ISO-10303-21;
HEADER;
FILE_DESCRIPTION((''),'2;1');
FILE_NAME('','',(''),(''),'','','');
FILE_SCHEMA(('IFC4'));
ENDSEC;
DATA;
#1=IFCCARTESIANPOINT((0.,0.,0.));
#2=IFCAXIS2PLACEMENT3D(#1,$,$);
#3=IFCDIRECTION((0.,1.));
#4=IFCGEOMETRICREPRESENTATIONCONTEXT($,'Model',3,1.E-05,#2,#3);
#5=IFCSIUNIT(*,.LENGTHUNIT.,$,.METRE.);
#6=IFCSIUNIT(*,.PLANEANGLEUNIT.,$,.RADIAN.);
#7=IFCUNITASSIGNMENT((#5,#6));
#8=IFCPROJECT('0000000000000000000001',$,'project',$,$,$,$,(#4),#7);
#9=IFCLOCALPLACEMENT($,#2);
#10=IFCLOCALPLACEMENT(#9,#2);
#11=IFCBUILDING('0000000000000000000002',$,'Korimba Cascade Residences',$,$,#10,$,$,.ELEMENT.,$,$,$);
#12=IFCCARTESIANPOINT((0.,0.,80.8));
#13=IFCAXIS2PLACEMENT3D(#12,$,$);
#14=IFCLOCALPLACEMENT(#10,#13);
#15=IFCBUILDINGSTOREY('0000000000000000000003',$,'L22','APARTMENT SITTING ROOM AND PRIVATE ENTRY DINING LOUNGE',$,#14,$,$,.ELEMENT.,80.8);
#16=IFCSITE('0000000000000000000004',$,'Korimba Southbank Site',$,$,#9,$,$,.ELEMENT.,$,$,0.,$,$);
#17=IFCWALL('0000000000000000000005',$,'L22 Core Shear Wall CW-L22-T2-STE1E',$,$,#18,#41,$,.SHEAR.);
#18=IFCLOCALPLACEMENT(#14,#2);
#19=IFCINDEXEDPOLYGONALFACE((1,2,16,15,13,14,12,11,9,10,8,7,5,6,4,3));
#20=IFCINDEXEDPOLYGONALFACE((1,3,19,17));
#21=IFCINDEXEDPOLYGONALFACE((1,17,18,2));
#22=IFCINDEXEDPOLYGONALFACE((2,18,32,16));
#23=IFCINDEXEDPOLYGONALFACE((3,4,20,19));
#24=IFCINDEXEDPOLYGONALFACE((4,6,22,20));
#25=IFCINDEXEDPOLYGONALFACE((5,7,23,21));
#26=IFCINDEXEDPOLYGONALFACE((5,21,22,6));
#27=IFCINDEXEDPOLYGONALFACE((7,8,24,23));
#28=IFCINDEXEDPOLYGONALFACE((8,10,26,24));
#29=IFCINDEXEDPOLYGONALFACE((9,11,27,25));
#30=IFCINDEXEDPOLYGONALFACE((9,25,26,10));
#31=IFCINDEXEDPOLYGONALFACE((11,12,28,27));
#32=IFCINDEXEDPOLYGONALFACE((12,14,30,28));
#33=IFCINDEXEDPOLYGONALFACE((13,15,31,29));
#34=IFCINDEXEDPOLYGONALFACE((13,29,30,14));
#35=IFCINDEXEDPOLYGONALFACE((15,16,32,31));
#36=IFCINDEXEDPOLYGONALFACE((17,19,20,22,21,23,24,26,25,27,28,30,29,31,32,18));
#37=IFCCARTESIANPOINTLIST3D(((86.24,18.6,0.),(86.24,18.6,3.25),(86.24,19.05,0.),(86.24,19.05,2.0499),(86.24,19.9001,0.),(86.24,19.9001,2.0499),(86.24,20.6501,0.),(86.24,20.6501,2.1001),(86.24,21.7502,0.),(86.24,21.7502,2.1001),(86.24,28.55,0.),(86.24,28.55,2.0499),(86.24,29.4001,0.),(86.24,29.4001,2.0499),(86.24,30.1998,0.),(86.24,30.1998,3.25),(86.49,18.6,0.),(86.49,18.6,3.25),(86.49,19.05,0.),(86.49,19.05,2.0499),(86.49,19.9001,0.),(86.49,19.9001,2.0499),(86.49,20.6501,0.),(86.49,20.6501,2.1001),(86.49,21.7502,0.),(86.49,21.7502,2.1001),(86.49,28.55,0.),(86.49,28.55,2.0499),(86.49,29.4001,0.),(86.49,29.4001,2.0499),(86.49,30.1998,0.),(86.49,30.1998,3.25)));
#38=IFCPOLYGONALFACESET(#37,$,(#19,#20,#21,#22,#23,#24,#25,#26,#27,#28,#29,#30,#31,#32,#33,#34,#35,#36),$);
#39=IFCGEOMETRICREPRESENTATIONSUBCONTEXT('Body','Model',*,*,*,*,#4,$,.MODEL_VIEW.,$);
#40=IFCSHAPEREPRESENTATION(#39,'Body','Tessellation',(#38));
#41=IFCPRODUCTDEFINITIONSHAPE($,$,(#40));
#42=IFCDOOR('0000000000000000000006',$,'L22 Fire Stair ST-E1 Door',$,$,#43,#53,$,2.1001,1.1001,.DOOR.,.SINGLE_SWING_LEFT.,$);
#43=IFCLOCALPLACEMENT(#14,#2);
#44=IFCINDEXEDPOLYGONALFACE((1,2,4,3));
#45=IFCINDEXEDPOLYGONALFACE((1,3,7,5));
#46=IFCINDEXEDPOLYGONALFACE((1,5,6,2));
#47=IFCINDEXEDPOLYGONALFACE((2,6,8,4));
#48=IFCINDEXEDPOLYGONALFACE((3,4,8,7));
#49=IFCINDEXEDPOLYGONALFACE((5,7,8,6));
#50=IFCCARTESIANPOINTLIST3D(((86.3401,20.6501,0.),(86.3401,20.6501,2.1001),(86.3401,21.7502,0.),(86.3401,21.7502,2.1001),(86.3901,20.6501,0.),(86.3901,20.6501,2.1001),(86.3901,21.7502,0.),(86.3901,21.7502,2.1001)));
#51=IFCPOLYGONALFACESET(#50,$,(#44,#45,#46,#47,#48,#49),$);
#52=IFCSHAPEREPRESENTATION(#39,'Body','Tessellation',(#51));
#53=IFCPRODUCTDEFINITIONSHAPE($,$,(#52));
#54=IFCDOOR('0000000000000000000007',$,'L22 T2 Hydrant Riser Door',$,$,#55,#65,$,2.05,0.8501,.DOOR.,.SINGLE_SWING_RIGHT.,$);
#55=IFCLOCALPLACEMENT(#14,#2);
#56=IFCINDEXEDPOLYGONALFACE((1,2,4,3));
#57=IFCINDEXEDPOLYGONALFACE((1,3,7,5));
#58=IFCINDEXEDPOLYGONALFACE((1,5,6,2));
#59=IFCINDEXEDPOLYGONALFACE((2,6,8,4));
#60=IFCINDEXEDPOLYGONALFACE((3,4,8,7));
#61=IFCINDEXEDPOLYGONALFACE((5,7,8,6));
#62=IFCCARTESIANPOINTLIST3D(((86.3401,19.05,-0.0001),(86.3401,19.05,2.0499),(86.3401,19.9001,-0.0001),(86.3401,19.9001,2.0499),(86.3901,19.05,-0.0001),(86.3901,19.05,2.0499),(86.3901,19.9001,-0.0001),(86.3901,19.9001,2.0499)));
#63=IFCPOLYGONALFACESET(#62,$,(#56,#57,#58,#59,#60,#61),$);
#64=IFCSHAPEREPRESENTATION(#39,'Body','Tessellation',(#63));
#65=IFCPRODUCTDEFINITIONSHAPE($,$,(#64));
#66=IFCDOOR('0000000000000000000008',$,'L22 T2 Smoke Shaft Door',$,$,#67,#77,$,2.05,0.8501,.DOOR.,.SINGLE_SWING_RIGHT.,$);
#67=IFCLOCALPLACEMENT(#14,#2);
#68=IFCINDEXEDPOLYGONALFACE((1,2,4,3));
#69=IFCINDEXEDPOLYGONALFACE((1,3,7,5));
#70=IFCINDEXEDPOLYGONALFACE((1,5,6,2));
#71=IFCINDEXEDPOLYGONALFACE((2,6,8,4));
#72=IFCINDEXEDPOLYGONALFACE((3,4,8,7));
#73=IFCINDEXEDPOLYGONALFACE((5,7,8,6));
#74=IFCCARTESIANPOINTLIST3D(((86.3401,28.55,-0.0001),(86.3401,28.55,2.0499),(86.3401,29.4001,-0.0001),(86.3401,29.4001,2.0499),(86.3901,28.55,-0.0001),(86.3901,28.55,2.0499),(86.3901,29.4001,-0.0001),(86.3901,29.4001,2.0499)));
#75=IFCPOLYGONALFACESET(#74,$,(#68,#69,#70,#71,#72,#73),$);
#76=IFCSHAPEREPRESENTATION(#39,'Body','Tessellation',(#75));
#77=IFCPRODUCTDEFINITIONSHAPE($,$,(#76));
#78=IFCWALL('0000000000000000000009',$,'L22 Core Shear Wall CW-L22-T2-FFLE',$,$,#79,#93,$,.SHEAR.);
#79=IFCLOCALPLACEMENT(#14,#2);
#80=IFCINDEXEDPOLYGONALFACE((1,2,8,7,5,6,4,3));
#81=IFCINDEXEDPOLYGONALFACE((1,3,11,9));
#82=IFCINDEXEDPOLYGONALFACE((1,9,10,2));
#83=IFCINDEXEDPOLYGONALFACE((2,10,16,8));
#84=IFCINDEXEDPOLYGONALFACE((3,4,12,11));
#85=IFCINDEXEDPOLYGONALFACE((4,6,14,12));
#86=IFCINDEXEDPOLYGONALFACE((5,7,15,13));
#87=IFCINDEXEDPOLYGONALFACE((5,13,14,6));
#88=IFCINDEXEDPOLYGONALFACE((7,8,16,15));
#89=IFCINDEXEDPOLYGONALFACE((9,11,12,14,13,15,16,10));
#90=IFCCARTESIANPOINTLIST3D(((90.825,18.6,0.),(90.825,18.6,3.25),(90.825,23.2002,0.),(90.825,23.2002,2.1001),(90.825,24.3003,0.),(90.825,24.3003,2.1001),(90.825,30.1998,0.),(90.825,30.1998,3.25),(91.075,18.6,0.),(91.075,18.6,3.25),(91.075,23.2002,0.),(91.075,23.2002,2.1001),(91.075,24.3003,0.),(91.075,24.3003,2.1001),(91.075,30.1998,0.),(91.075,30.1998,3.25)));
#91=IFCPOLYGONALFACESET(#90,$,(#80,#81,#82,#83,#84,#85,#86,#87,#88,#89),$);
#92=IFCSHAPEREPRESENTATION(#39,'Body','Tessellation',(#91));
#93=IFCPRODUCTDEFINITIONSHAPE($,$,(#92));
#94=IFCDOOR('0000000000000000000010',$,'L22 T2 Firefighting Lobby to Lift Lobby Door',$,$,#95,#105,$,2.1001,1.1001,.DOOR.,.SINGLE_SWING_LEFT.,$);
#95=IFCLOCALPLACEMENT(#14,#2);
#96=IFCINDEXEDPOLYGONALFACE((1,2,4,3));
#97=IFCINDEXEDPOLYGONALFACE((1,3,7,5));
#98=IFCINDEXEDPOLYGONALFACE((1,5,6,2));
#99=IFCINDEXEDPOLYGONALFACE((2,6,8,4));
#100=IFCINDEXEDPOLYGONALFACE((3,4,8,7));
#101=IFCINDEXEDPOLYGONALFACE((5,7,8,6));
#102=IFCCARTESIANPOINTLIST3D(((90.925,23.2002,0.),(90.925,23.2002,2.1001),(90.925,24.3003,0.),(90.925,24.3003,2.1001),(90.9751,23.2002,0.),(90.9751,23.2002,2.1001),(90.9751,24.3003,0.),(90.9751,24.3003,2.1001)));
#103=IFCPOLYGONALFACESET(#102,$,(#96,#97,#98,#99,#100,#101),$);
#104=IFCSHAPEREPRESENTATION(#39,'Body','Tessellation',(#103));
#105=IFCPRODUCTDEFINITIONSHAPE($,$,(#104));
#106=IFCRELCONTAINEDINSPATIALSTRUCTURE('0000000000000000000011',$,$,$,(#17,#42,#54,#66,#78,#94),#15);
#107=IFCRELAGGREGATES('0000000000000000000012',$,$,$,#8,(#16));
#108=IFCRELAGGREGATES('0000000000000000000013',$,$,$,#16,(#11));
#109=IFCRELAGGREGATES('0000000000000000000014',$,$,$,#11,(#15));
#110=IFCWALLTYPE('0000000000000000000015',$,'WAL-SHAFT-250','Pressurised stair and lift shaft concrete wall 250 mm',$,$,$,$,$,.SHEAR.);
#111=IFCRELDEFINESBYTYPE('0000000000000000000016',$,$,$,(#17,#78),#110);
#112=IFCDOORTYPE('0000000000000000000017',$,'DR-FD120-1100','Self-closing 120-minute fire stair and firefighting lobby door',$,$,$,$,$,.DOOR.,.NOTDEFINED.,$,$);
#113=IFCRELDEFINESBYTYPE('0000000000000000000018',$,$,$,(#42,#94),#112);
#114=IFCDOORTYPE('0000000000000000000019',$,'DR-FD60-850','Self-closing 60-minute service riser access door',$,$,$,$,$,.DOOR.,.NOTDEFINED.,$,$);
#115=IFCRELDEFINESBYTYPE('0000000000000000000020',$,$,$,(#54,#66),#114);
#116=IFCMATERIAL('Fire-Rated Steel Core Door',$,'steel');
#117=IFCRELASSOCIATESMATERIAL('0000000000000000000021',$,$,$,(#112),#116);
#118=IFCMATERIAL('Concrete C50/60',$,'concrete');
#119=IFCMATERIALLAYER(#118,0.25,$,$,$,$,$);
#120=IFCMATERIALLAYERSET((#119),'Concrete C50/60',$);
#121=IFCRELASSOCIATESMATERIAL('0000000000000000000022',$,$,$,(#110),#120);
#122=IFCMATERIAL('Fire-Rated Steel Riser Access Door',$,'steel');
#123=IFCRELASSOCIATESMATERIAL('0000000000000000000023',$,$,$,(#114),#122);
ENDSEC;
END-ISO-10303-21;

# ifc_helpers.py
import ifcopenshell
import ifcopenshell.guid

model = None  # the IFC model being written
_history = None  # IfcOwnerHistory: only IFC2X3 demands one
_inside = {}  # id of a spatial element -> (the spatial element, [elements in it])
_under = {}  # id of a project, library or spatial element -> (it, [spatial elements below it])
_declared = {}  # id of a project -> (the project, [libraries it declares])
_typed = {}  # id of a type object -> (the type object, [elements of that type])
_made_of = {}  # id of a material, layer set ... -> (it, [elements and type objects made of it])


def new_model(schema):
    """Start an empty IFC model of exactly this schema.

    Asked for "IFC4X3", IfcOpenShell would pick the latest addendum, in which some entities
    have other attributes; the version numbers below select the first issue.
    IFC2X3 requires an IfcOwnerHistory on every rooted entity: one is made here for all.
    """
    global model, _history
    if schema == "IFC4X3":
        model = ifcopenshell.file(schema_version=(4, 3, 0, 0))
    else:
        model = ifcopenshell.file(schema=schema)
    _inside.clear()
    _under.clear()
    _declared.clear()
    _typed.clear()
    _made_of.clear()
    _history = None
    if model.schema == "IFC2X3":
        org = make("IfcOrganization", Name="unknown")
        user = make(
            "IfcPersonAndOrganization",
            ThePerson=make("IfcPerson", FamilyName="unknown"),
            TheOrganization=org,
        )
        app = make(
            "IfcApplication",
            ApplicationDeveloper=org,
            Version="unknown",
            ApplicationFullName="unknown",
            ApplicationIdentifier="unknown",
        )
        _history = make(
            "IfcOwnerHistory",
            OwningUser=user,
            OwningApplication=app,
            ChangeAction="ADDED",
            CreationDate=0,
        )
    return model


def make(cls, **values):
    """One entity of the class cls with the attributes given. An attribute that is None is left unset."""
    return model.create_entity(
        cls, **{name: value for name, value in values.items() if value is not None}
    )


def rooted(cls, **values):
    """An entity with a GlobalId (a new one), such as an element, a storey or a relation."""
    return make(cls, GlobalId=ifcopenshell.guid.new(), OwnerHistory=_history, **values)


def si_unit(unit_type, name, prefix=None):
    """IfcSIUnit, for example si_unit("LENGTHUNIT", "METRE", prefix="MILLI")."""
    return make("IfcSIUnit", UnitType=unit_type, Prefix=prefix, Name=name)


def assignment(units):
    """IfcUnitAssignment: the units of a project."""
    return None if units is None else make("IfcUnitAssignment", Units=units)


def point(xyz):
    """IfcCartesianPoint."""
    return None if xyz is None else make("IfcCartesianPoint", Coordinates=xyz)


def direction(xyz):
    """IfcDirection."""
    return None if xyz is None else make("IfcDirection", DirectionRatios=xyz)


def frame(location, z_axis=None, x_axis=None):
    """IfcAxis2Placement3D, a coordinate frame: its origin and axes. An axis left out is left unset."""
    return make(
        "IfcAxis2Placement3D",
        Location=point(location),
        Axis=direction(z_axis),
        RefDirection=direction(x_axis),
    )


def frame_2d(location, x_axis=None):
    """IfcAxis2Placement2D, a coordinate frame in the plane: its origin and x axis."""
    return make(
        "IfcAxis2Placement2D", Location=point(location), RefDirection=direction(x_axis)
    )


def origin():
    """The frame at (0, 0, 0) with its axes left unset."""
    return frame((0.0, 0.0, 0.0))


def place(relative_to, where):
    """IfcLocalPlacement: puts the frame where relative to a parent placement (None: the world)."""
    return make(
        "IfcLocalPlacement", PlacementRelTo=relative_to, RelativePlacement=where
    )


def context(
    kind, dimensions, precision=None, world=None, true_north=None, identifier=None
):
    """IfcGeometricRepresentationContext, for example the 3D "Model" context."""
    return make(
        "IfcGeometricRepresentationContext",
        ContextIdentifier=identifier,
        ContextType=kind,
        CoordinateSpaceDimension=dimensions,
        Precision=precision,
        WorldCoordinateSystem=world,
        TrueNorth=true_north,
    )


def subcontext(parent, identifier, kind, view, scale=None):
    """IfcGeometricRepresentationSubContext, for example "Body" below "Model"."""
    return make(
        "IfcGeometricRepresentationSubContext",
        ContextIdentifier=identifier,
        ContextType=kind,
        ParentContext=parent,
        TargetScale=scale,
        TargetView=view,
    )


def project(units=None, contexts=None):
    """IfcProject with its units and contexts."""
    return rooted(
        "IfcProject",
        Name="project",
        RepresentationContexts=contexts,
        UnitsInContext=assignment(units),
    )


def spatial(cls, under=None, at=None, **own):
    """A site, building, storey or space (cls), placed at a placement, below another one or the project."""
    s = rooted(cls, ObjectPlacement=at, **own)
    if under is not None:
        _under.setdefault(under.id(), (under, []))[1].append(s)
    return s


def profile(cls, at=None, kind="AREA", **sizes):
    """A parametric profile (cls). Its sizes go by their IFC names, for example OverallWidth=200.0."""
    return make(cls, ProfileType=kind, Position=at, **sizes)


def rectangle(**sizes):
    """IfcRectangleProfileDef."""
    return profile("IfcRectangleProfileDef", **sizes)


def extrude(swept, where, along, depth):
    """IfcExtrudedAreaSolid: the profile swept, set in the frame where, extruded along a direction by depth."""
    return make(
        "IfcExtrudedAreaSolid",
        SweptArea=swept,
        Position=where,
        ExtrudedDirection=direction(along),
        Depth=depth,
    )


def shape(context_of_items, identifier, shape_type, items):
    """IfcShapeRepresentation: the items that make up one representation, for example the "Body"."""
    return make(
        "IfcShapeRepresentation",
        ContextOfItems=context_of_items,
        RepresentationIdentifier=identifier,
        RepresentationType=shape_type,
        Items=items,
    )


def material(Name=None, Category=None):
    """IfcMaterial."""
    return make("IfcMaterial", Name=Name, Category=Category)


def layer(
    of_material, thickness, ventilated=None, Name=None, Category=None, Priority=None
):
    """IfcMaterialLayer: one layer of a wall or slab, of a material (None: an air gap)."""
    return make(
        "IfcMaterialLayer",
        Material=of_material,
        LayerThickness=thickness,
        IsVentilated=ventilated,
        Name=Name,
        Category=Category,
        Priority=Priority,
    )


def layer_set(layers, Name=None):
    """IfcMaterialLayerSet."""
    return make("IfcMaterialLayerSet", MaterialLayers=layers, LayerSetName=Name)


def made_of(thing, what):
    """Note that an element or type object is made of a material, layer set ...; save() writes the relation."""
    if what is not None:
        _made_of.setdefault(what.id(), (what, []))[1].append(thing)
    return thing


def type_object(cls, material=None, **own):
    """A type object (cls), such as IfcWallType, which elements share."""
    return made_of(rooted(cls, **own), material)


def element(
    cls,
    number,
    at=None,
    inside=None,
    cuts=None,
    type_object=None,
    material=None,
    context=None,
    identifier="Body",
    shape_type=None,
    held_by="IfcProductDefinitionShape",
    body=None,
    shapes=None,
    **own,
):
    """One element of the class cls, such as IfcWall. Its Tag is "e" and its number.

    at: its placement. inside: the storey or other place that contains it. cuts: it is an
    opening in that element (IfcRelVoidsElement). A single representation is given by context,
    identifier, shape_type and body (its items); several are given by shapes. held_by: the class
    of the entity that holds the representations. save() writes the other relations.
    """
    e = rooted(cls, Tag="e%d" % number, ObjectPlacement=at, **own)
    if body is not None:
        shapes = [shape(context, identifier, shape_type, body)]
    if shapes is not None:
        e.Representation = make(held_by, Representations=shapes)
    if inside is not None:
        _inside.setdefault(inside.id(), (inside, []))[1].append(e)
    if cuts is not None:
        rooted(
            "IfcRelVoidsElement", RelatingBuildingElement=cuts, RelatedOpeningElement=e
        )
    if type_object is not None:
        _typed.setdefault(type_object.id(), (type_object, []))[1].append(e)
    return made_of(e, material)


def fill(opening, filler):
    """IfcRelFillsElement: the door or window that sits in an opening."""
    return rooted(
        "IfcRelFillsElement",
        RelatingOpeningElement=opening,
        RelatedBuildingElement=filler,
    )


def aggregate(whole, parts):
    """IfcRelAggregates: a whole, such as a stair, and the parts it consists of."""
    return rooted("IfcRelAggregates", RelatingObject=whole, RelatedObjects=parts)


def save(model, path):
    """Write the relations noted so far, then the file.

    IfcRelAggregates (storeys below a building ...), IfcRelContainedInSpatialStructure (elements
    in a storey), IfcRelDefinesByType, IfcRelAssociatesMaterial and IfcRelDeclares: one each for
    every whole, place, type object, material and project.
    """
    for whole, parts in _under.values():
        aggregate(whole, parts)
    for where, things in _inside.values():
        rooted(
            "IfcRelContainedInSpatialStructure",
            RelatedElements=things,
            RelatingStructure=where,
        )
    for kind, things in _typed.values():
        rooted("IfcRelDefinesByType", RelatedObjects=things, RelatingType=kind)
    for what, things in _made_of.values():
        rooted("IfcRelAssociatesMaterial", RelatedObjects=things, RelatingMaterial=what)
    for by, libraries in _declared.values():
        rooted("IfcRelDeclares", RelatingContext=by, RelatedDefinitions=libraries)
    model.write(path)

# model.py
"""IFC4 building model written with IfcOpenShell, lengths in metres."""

from ifc_helpers import new_model, si_unit, direction, frame, frame_2d, origin, place, context, subcontext, project, spatial, rectangle, extrude, material, layer, layer_set, type_object, element, fill, save


model = new_model("IFC4")

# Units and contexts
model_context = context("Model", 3, precision=1e-05, world=origin(), true_north=direction((0.0, 1.0)))
body_context = subcontext(model_context, "Body", "Model", "MODEL_VIEW")
ifc_project = project(units=[si_unit("LENGTHUNIT", "METRE"), si_unit("PLANEANGLEUNIT", "RADIAN")], contexts=[model_context])

# Site, building, storey
site_placement = place(None, origin())
site = spatial("IfcSite", under=ifc_project, at=site_placement, Name="Korimba Southbank Site", CompositionType="ELEMENT", RefElevation=0.0)
building_placement = place(site_placement, origin())
building = spatial("IfcBuilding", under=site, at=building_placement, Name="Korimba Cascade Residences", CompositionType="ELEMENT")
storey_placement = place(building_placement, frame((0.0, 0.0, 80.8)))
storey = spatial("IfcBuildingStorey", under=building, at=storey_placement, Name="L22", Description="APARTMENT SITTING ROOM AND PRIVATE ENTRY DINING LOUNGE", CompositionType="ELEMENT", Elevation=80.8)

# Shared definitions
ifc_material_1 = material(Name="Fire-Rated Steel Core Door", Category="steel")
door_type_1 = type_object("IfcDoorType", Name="DR-FD120-1100", Description="Self-closing 120-minute fire stair and firefighting lobby door", OperationType="NOTDEFINED", PredefinedType="DOOR", material=ifc_material_1)

# Wall, openings, doors
ifc_material_2 = material(Name="Concrete C50/60", Category="concrete")
ifc_layer_1 = layer(ifc_material_2, 0.25)
ifc_layer_set_1 = layer_set([ifc_layer_1], Name="Concrete C50/60")
wall_type_1 = type_object("IfcWallType", Name="WAL-SHAFT-250", Description="Pressurised stair and lift shaft concrete wall 250 mm", PredefinedType="SHEAR", material=ifc_layer_set_1)
wall_1_placement = place(storey_placement, frame((86.365, 18.6001, 0.0), z_axis=(0.0, 0.0, 1.0), x_axis=(0.0, 1.0, 0.0)))
wall_1 = element("IfcWall", 1, at=wall_1_placement, inside=storey, type_object=wall_type_1, Name="L22 Core Shear Wall CW-L22-T2-STE1E", PredefinedType="SHEAR", context=body_context, shape_type="SweptSolid", body=[
    extrude(rectangle(XDim=11.5999, YDim=0.25, at=frame_2d((5.7998, 0.0))), origin(), (0.0, 0.0, 1.0), 3.25),
])
opening_1_placement = place(wall_1_placement, frame((0.45, 0.0, 0.0)))
opening_1 = element("IfcOpeningElement", 2, at=opening_1_placement, cuts=wall_1, PredefinedType="OPENING", context=body_context, shape_type="SweptSolid", body=[
    extrude(rectangle(XDim=0.8501, YDim=2.05, at=frame_2d((0.425, 1.0249))), frame((0.0, 0.135, 0.0), z_axis=(0.0, -1.0, 0.0), x_axis=(1.0, 0.0, 0.0)), (0.0, 0.0, 1.0), 0.27),
])
opening_2_placement = place(wall_1_placement, frame((2.05, 0.0, 0.0)))
opening_2 = element("IfcOpeningElement", 3, at=opening_2_placement, cuts=wall_1, PredefinedType="OPENING", context=body_context, shape_type="SweptSolid", body=[
    extrude(rectangle(XDim=1.1001, YDim=2.1001, at=frame_2d((0.55, 1.05))), frame((0.0, 0.135, 0.0), z_axis=(0.0, -1.0, 0.0), x_axis=(1.0, 0.0, 0.0)), (0.0, 0.0, 1.0), 0.27),
])
opening_3_placement = place(wall_1_placement, frame((9.95, 0.0, 0.0)))
opening_3 = element("IfcOpeningElement", 4, at=opening_3_placement, cuts=wall_1, PredefinedType="OPENING", context=body_context, shape_type="SweptSolid", body=[
    extrude(rectangle(XDim=0.8501, YDim=2.05, at=frame_2d((0.425, 1.0249))), frame((0.0, 0.135, 0.0), z_axis=(0.0, -1.0, 0.0), x_axis=(1.0, 0.0, 0.0)), (0.0, 0.0, 1.0), 0.27),
])
door_1_placement = place(opening_2_placement, origin())
door_1 = element("IfcDoor", 5, at=door_1_placement, inside=storey, type_object=door_type_1, Name="L22 Fire Stair ST-E1 Door", OperationType="SINGLE_SWING_LEFT", OverallHeight=2.1001, OverallWidth=1.1001, PredefinedType="DOOR", context=body_context, shape_type="SweptSolid", body=[
    extrude(rectangle(XDim=1.1001, YDim=2.1001, at=frame_2d((0.55, 1.05))), frame((0.0, 0.0249, 0.0), z_axis=(0.0, -1.0, 0.0), x_axis=(1.0, 0.0, 0.0)), (0.0, 0.0, 1.0), 0.05),
])
fill(opening_2, door_1)
ifc_material_3 = material(Name="Fire-Rated Steel Riser Access Door", Category="steel")
door_type_2 = type_object("IfcDoorType", Name="DR-FD60-850", Description="Self-closing 60-minute service riser access door", OperationType="NOTDEFINED", PredefinedType="DOOR", material=ifc_material_3)
door_2_placement = place(opening_1_placement, origin())
door_2 = element("IfcDoor", 6, at=door_2_placement, inside=storey, type_object=door_type_2, Name="L22 T2 Hydrant Riser Door", OperationType="SINGLE_SWING_RIGHT", OverallHeight=2.05, OverallWidth=0.8501, PredefinedType="DOOR", context=body_context, shape_type="SweptSolid", body=[
    extrude(rectangle(XDim=0.8501, YDim=2.05, at=frame_2d((0.425, 1.0249))), frame((0.0, 0.0249, 0.0), z_axis=(0.0, -1.0, 0.0), x_axis=(1.0, 0.0, 0.0)), (0.0, 0.0, 1.0), 0.05),
])
fill(opening_1, door_2)
door_3_placement = place(opening_3_placement, origin())
door_3 = element("IfcDoor", 7, at=door_3_placement, inside=storey, type_object=door_type_2, Name="L22 T2 Smoke Shaft Door", OperationType="SINGLE_SWING_RIGHT", OverallHeight=2.05, OverallWidth=0.8501, PredefinedType="DOOR", context=body_context, shape_type="SweptSolid", body=[
    extrude(rectangle(XDim=0.8501, YDim=2.05, at=frame_2d((0.425, 1.0249))), frame((0.0, 0.0249, 0.0), z_axis=(0.0, -1.0, 0.0), x_axis=(1.0, 0.0, 0.0)), (0.0, 0.0, 1.0), 0.05),
])
fill(opening_3, door_3)

# Wall, opening, door
wall_2_placement = place(storey_placement, frame((90.95, 18.6001, 0.0), z_axis=(0.0, 0.0, 1.0), x_axis=(0.0, 1.0, 0.0)))
wall_2 = element("IfcWall", 8, at=wall_2_placement, inside=storey, type_object=wall_type_1, Name="L22 Core Shear Wall CW-L22-T2-FFLE", PredefinedType="SHEAR", context=body_context, shape_type="SweptSolid", body=[
    extrude(rectangle(XDim=11.5999, YDim=0.25, at=frame_2d((5.7998, 0.0))), origin(), (0.0, 0.0, 1.0), 3.25),
])
opening_4_placement = place(wall_2_placement, frame((4.6001, 0.0, 0.0)))
opening_4 = element("IfcOpeningElement", 9, at=opening_4_placement, cuts=wall_2, PredefinedType="OPENING", context=body_context, shape_type="SweptSolid", body=[
    extrude(rectangle(XDim=1.1001, YDim=2.1001, at=frame_2d((0.55, 1.05))), frame((0.0, 0.135, 0.0), z_axis=(0.0, -1.0, 0.0), x_axis=(1.0, 0.0, 0.0)), (0.0, 0.0, 1.0), 0.27),
])
door_4_placement = place(opening_4_placement, origin())
door_4 = element("IfcDoor", 10, at=door_4_placement, inside=storey, type_object=door_type_1, Name="L22 T2 Firefighting Lobby to Lift Lobby Door", OperationType="SINGLE_SWING_LEFT", OverallHeight=2.1001, OverallWidth=1.1001, PredefinedType="DOOR", context=body_context, shape_type="SweptSolid", body=[
    extrude(rectangle(XDim=1.1001, YDim=2.1001, at=frame_2d((0.55, 1.05))), frame((0.0, 0.0249, 0.0), z_axis=(0.0, -1.0, 0.0), x_axis=(1.0, 0.0, 0.0)), (0.0, 0.0, 1.0), 0.05),
])
fill(opening_4, door_4)

save(model, "model.ifc")
